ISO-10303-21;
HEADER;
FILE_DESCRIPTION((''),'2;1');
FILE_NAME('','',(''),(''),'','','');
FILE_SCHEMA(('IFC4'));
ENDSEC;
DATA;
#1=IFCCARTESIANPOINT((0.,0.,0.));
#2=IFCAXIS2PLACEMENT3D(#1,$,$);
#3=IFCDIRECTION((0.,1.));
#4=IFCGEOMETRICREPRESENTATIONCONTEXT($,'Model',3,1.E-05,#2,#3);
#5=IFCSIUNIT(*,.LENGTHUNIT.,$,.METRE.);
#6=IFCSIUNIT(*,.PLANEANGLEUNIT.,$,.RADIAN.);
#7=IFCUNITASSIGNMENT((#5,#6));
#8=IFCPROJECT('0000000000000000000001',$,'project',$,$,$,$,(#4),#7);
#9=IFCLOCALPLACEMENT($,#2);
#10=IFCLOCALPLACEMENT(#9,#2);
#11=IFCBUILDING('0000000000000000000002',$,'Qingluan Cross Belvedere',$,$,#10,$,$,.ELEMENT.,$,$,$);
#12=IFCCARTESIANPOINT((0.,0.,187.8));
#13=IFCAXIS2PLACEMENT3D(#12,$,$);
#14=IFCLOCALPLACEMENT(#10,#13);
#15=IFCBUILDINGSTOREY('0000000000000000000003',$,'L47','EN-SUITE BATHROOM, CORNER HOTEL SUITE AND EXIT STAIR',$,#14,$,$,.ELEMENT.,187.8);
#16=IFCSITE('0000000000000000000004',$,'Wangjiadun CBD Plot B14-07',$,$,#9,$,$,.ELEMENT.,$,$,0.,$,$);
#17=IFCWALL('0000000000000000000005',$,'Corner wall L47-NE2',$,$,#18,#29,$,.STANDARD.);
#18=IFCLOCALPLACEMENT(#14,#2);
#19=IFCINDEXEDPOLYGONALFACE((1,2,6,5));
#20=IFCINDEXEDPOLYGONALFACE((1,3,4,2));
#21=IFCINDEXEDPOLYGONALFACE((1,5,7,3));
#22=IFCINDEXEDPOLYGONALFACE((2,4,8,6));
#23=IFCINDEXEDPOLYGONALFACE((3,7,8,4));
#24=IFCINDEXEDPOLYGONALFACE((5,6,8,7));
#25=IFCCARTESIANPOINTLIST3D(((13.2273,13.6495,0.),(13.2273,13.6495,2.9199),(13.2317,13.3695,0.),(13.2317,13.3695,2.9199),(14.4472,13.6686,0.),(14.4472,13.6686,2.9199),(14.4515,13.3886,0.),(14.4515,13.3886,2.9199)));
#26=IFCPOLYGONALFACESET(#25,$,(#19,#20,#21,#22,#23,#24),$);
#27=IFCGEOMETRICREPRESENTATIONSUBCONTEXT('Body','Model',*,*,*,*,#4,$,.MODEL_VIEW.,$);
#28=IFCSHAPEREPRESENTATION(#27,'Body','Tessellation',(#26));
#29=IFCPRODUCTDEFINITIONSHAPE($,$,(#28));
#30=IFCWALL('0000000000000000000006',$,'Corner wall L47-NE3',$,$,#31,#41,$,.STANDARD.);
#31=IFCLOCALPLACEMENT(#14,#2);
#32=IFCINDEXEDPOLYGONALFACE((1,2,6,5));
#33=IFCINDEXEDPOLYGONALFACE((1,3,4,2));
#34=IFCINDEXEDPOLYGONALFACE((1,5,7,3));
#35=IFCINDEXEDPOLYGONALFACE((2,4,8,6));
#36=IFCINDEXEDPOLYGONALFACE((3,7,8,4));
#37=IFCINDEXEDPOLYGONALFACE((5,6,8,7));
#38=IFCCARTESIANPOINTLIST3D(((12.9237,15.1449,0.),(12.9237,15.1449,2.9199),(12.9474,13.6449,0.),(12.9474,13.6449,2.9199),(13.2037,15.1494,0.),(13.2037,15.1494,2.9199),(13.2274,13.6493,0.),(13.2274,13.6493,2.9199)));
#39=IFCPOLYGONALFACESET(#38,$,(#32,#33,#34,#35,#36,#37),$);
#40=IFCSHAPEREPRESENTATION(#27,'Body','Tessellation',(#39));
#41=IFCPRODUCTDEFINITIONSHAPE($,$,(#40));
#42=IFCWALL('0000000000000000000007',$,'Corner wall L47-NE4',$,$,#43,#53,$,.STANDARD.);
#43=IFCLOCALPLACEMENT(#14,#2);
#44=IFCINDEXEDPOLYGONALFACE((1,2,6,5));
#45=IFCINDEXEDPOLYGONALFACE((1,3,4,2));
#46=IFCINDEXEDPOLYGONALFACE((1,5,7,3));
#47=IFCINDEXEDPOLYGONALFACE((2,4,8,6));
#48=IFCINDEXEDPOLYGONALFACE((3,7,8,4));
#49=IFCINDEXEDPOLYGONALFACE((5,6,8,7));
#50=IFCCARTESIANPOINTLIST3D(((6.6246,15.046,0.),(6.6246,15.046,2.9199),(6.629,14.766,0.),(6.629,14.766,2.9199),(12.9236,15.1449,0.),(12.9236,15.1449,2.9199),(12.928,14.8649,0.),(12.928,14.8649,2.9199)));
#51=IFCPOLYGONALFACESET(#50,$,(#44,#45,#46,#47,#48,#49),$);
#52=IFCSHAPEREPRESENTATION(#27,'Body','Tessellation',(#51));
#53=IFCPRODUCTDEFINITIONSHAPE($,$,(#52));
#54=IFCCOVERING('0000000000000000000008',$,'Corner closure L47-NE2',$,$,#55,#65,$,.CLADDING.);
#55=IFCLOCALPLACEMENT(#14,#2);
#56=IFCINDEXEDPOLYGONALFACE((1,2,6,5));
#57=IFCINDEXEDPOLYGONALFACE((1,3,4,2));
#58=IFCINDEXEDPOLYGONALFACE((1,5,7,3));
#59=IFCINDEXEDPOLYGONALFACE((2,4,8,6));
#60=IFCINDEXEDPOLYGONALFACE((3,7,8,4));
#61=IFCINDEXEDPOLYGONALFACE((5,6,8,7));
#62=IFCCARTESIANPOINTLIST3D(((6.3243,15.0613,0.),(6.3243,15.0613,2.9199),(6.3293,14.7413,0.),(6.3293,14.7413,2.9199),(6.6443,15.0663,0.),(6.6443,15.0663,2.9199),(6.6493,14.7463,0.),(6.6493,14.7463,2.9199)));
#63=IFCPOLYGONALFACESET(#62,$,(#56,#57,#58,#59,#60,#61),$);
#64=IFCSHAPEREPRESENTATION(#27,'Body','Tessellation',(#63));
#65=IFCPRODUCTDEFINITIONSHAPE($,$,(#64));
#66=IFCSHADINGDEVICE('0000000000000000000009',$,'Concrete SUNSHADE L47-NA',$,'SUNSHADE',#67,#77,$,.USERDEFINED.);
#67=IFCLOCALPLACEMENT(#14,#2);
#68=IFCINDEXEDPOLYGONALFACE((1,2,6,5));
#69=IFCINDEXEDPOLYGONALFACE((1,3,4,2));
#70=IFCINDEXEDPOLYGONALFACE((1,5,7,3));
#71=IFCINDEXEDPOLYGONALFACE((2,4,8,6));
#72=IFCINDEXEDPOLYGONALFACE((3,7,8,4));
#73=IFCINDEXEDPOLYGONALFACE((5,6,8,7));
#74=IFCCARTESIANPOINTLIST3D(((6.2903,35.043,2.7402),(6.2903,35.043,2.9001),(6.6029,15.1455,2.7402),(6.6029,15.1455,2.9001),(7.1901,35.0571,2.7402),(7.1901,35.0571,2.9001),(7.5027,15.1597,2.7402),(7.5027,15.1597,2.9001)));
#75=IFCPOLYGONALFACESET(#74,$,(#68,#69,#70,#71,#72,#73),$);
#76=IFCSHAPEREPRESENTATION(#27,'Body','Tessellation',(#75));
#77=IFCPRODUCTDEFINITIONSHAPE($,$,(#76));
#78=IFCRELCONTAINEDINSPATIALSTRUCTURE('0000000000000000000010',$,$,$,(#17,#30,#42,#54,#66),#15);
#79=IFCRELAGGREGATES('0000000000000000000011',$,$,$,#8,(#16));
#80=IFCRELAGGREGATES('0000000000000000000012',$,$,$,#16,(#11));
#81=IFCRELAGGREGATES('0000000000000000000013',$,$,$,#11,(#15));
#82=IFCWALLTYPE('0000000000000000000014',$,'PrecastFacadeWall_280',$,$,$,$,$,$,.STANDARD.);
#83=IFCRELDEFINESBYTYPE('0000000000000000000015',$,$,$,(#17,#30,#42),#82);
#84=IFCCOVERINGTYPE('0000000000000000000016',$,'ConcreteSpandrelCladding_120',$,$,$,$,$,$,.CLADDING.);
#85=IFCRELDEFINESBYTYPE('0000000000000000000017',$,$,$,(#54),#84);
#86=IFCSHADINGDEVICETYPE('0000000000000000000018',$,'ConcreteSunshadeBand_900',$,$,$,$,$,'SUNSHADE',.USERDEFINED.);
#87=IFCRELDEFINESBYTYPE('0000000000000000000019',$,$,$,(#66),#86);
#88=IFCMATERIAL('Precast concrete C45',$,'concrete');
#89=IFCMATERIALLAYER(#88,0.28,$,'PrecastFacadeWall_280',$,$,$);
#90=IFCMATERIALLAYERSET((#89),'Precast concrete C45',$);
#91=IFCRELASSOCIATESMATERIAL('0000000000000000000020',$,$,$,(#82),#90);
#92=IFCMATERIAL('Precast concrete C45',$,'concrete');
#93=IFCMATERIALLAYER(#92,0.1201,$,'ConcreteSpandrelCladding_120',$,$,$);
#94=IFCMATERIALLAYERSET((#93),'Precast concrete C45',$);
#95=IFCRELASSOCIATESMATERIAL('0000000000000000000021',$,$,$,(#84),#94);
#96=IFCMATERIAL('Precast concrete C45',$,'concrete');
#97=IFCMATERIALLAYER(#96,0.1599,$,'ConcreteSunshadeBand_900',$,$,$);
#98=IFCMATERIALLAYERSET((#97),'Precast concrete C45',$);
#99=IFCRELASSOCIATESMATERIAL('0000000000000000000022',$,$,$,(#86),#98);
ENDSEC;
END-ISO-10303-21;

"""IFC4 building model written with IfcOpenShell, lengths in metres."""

from ifc_helpers import new_model, si_unit, direction, frame, frame_2d, origin, origin_2d, place, context, subcontext, project, spatial, rectangle, extrude, material, layer, layer_set, type_object, element, save


model = new_model("IFC4")

# Units and contexts
model_context = context("Model", 3, precision=1e-05, world=origin(), true_north=direction((0.0, 1.0)))
body_context = subcontext(model_context, "Body", "Model", "MODEL_VIEW")
ifc_project = project(units=[si_unit("LENGTHUNIT", "METRE"), si_unit("PLANEANGLEUNIT", "RADIAN")], contexts=[model_context])

# Site, building, storey
site_placement = place(None, origin())
site = spatial("IfcSite", under=ifc_project, at=site_placement, Name="Wangjiadun CBD Plot B14-07", CompositionType="ELEMENT", RefElevation=0.0)
building_placement = place(site_placement, origin())
building = spatial("IfcBuilding", under=site, at=building_placement, Name="Qingluan Cross Belvedere", CompositionType="ELEMENT")
storey_placement = place(building_placement, frame((0.0, 0.0, 187.8)))
storey = spatial("IfcBuildingStorey", under=building, at=storey_placement, Name="L47", Description="EN-SUITE BATHROOM, CORNER HOTEL SUITE AND EXIT STAIR", CompositionType="ELEMENT", Elevation=187.8)

# Shared definitions
ifc_material_1 = material(Name="Precast concrete C45", Category="concrete")
ifc_layer_1 = layer(ifc_material_1, 0.28, Name="PrecastFacadeWall_280")
ifc_layer_set_1 = layer_set([ifc_layer_1], Name="Precast concrete C45")
wall_type_1 = type_object("IfcWallType", Name="PrecastFacadeWall_280", PredefinedType="STANDARD", material=ifc_layer_set_1)

# Walls
wall_1_placement = place(storey_placement, frame((14.4492, 13.5286, 0.0), z_axis=(0.0, 0.0, 1.0), x_axis=(-0.999878, -0.015611, 0.0)))
element("IfcWall", 1, at=wall_1_placement, inside=storey, type_object=wall_type_1, Name="Corner wall L47-NE2", PredefinedType="STANDARD", context=body_context, shape_type="SweptSolid", body=[
    extrude(rectangle(XDim=1.22, YDim=0.28, at=frame_2d((0.6099, 0.0))), origin(), (0.0, 0.0, 1.0), 2.9199),
])
wall_2_placement = place(storey_placement, frame((13.0874, 13.6472, 0.0), z_axis=(0.0, 0.0, 1.0), x_axis=(-0.015786, 0.999875, 0.0)))
element("IfcWall", 2, at=wall_2_placement, inside=storey, type_object=wall_type_1, Name="Corner wall L47-NE3", PredefinedType="STANDARD", context=body_context, shape_type="SweptSolid", body=[
    extrude(rectangle(XDim=1.5002, YDim=0.28, at=frame_2d((0.75, 0.0))), origin(), (0.0, 0.0, 1.0), 2.9199),
])
wall_3_placement = place(storey_placement, frame((12.9258, 15.0049, 0.0), z_axis=(0.0, 0.0, 1.0), x_axis=(-0.999877, -0.015695, 0.0)))
element("IfcWall", 3, at=wall_3_placement, inside=storey, type_object=wall_type_1, Name="Corner wall L47-NE4", PredefinedType="STANDARD", context=body_context, shape_type="SweptSolid", body=[
    extrude(rectangle(XDim=6.2998, YDim=0.28, at=frame_2d((3.1499, 0.0))), origin(), (0.0, 0.0, 1.0), 2.9199),
])

# Covering
ifc_material_2 = material(Name="Precast concrete C45", Category="concrete")
ifc_layer_2 = layer(ifc_material_2, 0.1201, Name="ConcreteSpandrelCladding_120")
ifc_layer_set_2 = layer_set([ifc_layer_2], Name="Precast concrete C45")
covering_type = type_object("IfcCoveringType", Name="ConcreteSpandrelCladding_120", PredefinedType="CLADDING", material=ifc_layer_set_2)
covering_placement = place(storey_placement, frame((6.4868, 14.9038, 0.0), z_axis=(0.0, 0.0, 1.0), x_axis=(0.999877, 0.015707, 0.0)))
element("IfcCovering", 4, at=covering_placement, inside=storey, type_object=covering_type, Name="Corner closure L47-NE2", PredefinedType="CLADDING", context=body_context, shape_type="SweptSolid", body=[
    extrude(rectangle(XDim=0.3201, YDim=0.3201, at=origin_2d()), origin(), (0.0, 0.0, 1.0), 2.9199),
])

# Shading device
ifc_material_3 = material(Name="Precast concrete C45", Category="concrete")
ifc_layer_3 = layer(ifc_material_3, 0.1599, Name="ConcreteSunshadeBand_900")
ifc_layer_set_3 = layer_set([ifc_layer_3], Name="Precast concrete C45")
shading_device_type = type_object("IfcShadingDeviceType", Name="ConcreteSunshadeBand_900", ElementType="SUNSHADE", PredefinedType="USERDEFINED", material=ifc_layer_set_3)
shading_device_placement = place(storey_placement, frame((6.8965, 25.1013, 2.7402), z_axis=(0.0, 0.0, 1.0), x_axis=(-0.015706, 0.999877, 0.0)))
element("IfcShadingDevice", 5, at=shading_device_placement, inside=storey, type_object=shading_device_type, Name="Concrete SUNSHADE L47-NA", ObjectType="SUNSHADE", PredefinedType="USERDEFINED", context=body_context, shape_type="SweptSolid", body=[
    extrude(rectangle(XDim=19.8999, YDim=0.8999, at=origin_2d()), origin(), (0.0, 0.0, 1.0), 0.1599),
])

save(model, "model.ifc")
